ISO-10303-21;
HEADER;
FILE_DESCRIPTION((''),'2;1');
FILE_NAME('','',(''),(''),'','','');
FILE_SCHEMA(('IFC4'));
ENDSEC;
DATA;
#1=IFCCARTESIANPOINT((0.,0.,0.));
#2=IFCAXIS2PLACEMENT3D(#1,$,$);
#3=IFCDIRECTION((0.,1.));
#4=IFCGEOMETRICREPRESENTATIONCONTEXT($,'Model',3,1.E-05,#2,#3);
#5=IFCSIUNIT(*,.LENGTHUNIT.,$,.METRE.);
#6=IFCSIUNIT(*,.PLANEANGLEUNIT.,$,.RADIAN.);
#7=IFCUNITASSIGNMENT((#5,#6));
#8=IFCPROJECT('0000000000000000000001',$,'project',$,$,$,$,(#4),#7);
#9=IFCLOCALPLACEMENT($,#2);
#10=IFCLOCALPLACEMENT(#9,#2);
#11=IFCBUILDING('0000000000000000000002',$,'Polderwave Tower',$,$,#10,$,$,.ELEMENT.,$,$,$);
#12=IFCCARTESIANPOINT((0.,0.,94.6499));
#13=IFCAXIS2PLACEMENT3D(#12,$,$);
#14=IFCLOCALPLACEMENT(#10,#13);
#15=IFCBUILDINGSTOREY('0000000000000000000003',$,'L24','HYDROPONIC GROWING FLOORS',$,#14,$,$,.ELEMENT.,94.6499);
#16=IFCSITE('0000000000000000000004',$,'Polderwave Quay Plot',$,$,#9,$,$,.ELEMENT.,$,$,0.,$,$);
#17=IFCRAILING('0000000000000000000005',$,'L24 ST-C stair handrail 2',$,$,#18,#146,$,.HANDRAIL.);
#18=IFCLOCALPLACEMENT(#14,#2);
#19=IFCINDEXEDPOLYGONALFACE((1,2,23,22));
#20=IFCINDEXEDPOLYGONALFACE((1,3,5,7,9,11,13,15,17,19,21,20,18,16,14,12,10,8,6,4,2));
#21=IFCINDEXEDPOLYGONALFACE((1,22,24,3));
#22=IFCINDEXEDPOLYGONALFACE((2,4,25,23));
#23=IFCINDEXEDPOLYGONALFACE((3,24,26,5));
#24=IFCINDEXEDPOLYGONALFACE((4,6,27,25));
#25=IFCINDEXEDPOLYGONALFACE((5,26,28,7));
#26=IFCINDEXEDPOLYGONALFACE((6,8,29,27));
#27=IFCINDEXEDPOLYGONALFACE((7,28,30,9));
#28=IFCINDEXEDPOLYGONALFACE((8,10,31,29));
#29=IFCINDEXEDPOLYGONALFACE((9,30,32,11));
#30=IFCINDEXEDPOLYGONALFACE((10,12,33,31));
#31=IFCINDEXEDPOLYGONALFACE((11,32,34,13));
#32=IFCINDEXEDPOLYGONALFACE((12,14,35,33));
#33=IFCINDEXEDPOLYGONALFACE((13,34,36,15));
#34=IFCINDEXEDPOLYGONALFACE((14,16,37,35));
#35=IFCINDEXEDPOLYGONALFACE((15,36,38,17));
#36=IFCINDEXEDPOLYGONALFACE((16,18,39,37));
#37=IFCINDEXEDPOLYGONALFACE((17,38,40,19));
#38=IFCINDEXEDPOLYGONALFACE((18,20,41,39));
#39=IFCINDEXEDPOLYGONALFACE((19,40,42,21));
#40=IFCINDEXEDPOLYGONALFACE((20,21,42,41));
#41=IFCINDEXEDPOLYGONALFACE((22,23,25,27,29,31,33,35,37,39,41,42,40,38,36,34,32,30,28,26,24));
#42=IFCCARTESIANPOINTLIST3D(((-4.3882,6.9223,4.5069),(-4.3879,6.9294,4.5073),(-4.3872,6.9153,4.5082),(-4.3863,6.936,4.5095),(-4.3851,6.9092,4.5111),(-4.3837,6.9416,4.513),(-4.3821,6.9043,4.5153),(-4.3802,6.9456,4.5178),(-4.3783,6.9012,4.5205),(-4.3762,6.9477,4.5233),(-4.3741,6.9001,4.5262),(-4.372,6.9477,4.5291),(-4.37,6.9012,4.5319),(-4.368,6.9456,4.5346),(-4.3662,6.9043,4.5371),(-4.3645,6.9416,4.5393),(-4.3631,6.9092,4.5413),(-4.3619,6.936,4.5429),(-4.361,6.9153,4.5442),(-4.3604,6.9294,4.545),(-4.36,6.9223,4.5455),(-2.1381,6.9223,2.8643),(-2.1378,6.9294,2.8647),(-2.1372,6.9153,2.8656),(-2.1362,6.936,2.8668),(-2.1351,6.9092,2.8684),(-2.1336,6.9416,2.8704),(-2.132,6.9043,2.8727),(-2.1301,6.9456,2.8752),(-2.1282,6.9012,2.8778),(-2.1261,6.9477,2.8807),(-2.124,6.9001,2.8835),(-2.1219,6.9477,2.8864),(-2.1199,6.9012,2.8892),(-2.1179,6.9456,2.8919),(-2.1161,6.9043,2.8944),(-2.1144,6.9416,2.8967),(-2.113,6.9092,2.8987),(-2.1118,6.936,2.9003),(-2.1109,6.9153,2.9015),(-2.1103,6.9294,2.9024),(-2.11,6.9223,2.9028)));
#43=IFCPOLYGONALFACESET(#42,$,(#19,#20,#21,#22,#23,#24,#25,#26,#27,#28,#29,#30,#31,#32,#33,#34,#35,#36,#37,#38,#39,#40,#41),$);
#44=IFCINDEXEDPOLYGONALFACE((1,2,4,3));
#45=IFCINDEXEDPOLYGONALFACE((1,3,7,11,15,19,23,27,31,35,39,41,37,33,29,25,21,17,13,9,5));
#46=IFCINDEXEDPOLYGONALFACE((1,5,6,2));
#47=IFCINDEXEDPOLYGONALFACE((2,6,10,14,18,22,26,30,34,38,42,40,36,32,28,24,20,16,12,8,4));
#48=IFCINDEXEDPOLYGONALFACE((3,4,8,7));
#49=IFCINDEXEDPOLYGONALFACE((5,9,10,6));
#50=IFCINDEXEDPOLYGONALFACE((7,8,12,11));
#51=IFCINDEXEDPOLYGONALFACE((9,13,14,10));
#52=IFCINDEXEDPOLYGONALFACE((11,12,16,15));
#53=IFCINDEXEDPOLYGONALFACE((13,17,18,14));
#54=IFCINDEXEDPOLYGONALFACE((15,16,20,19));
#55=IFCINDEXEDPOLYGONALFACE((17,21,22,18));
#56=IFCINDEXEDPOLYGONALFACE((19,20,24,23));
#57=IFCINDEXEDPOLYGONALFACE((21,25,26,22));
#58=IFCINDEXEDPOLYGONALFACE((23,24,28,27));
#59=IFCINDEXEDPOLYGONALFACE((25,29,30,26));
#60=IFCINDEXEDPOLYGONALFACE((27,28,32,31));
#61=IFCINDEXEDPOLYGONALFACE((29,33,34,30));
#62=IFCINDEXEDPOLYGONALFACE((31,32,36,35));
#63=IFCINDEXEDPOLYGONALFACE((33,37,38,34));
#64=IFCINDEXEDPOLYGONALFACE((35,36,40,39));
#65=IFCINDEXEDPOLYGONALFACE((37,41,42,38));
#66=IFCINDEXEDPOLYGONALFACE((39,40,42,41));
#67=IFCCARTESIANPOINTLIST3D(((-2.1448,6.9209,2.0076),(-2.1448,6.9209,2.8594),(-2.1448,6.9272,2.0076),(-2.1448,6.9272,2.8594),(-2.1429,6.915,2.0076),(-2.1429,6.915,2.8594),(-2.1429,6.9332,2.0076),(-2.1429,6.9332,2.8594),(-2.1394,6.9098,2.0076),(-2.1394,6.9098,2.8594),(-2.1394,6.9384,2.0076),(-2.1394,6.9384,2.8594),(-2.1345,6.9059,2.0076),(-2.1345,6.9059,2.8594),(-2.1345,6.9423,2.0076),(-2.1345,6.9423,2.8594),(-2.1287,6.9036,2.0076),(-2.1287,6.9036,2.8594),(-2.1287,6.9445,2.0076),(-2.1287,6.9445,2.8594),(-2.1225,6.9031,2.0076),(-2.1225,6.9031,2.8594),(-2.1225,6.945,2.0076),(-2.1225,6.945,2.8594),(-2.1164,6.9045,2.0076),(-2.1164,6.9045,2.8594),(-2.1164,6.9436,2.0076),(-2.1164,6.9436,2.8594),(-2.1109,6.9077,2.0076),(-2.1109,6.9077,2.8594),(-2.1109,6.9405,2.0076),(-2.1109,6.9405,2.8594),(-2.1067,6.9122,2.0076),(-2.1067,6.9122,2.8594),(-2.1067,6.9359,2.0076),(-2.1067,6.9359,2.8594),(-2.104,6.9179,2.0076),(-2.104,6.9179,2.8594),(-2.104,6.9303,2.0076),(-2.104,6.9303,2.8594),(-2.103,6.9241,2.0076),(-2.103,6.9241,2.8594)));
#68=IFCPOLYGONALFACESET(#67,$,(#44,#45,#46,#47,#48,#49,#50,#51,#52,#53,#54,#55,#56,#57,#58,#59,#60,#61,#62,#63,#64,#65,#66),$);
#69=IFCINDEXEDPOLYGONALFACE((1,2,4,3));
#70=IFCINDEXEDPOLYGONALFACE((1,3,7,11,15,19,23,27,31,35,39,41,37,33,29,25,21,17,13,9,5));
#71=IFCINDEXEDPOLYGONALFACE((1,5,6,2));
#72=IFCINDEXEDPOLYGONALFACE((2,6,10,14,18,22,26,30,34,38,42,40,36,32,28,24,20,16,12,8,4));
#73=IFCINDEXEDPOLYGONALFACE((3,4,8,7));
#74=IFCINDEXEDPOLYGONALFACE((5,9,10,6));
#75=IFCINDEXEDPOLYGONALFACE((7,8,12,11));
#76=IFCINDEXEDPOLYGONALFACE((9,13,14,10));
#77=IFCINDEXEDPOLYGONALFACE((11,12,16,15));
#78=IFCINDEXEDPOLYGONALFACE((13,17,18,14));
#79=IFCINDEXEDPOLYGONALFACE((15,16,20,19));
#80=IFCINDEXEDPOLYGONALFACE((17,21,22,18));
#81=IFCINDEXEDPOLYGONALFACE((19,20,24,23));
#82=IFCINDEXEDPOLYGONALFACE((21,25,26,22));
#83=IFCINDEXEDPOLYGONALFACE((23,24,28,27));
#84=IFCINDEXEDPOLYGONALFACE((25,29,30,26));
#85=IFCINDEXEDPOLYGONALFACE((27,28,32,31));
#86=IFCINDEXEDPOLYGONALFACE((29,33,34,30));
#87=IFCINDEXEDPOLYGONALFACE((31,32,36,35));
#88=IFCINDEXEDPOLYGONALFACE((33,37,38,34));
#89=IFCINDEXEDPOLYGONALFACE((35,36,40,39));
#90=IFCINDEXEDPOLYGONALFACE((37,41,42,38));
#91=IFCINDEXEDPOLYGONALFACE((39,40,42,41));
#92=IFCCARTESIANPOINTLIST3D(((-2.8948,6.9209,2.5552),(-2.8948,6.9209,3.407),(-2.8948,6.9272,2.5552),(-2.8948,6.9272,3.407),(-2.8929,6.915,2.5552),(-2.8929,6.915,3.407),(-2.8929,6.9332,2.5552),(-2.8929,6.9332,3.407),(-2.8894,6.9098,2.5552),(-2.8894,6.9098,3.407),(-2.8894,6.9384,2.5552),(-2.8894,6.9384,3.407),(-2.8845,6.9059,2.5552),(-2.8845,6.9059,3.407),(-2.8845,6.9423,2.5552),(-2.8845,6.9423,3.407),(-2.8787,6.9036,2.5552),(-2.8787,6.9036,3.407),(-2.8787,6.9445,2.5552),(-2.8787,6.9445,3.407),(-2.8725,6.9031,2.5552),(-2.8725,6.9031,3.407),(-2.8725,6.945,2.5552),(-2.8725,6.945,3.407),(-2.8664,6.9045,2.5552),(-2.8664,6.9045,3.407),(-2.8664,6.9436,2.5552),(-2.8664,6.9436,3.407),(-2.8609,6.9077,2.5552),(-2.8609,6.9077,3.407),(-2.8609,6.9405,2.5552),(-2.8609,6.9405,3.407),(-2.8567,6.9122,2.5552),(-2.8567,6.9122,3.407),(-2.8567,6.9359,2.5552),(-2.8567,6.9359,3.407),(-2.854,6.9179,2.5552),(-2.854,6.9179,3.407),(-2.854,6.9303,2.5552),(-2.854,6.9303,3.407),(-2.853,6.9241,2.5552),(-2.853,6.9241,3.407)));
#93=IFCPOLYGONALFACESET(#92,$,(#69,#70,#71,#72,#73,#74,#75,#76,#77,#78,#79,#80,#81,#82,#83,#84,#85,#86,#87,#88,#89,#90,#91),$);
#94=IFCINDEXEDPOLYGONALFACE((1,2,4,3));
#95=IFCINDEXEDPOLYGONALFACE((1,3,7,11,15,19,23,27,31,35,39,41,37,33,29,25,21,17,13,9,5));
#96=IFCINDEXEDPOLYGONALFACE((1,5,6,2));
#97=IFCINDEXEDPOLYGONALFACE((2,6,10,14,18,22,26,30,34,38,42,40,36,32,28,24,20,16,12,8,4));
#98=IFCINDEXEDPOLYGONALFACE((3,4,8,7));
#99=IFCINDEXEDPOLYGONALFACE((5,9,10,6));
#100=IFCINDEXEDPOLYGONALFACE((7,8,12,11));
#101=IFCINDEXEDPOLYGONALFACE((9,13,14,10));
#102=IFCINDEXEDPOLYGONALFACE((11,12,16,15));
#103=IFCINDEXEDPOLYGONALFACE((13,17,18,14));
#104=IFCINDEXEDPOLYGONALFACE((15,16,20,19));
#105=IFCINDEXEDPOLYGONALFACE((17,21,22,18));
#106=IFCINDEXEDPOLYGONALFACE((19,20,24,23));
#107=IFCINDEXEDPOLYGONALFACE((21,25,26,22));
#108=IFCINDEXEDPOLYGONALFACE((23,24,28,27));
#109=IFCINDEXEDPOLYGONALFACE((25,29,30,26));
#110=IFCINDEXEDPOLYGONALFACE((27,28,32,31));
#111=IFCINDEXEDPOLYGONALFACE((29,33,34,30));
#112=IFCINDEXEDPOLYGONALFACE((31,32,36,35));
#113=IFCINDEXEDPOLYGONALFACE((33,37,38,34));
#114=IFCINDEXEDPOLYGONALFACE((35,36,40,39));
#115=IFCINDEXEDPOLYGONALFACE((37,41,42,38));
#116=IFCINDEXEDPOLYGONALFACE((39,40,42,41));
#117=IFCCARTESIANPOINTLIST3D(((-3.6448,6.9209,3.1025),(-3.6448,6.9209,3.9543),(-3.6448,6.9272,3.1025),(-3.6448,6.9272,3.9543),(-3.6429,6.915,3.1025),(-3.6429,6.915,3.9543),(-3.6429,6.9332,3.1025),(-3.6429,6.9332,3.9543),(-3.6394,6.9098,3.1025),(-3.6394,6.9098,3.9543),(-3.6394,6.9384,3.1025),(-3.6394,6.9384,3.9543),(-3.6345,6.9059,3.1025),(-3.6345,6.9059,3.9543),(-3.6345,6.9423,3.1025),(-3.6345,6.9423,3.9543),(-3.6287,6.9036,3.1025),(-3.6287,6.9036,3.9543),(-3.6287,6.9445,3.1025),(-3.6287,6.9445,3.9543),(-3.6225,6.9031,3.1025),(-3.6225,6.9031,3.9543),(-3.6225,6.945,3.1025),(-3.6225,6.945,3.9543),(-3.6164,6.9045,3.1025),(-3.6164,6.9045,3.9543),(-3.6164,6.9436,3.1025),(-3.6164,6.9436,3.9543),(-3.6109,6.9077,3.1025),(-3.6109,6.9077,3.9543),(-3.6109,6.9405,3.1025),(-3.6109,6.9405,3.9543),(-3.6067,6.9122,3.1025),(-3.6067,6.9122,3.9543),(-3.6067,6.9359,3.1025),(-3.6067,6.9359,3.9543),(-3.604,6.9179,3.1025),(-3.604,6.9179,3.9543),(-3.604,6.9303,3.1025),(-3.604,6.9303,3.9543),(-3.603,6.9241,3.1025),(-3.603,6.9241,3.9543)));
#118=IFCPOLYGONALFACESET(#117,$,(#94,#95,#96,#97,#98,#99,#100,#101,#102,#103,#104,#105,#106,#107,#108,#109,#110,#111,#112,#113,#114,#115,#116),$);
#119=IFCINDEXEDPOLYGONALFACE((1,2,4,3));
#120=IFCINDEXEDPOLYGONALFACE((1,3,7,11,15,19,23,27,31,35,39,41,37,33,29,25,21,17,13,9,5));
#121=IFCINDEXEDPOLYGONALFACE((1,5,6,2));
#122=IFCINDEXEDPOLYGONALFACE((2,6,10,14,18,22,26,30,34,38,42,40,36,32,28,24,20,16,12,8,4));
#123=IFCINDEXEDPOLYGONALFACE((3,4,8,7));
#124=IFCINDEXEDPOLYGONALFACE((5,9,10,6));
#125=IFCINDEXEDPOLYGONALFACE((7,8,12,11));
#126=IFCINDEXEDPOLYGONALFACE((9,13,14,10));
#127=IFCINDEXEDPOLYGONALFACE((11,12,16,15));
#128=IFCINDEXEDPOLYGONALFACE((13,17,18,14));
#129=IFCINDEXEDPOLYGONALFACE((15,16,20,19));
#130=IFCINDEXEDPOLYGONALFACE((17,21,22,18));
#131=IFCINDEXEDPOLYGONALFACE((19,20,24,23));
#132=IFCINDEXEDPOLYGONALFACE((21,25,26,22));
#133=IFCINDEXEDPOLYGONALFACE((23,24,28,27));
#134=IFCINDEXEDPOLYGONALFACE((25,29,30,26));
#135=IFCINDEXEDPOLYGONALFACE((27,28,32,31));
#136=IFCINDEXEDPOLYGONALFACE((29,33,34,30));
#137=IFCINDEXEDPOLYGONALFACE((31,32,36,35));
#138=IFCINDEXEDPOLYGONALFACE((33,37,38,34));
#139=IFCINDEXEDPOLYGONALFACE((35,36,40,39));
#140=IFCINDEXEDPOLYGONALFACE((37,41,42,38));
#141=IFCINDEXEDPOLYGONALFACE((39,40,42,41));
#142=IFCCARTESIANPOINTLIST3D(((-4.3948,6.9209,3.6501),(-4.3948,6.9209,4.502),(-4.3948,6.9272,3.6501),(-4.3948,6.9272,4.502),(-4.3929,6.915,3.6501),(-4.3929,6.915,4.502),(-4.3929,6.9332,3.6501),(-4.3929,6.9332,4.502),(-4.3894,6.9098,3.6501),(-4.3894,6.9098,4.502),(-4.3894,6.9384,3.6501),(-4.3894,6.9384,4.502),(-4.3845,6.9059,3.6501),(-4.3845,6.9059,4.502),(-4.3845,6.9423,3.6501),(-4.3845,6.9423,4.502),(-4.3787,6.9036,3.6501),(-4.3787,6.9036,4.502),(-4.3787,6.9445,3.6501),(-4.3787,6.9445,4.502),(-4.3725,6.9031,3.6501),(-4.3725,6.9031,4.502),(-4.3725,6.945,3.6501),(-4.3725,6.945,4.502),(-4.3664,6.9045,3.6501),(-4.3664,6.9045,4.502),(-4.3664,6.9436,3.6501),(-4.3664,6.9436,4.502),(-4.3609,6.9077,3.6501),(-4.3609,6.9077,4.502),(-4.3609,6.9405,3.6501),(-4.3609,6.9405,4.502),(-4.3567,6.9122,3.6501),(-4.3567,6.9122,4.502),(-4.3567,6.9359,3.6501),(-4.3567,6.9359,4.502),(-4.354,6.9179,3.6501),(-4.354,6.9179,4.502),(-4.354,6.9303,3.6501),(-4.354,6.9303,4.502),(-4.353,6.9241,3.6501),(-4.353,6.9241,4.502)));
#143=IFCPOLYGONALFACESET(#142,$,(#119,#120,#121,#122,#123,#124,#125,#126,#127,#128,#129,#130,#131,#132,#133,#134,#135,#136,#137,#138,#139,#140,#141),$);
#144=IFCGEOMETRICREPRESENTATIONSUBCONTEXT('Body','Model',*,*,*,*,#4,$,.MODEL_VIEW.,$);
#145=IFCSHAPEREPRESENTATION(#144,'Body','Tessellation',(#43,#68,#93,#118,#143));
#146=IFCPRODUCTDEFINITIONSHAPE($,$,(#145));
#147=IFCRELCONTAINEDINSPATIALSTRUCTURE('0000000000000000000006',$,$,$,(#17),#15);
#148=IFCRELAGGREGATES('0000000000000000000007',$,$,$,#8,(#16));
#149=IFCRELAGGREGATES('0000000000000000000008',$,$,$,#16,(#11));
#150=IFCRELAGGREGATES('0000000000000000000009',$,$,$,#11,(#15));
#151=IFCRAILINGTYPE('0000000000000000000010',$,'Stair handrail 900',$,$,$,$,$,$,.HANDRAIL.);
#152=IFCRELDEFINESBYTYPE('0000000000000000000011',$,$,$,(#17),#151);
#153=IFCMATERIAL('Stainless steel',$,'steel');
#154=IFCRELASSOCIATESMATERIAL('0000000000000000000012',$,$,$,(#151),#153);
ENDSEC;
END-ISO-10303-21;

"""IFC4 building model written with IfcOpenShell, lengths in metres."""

from ifc_helpers import new_model, si_unit, direction, frame, origin, origin_2d, place, context, subcontext, project, spatial, circle, extrude, material, type_object, element, save


model = new_model("IFC4")

# Units and contexts
model_context = context("Model", 3, precision=1e-05, world=origin(), true_north=direction((0.0, 1.0)))
body_context = subcontext(model_context, "Body", "Model", "MODEL_VIEW")
ifc_project = project(units=[si_unit("LENGTHUNIT", "METRE"), si_unit("PLANEANGLEUNIT", "RADIAN")], contexts=[model_context])

# Site, building, storey
site_placement = place(None, origin())
site = spatial("IfcSite", under=ifc_project, at=site_placement, Name="Polderwave Quay Plot", CompositionType="ELEMENT", RefElevation=0.0)
building_placement = place(site_placement, origin())
building = spatial("IfcBuilding", under=site, at=building_placement, Name="Polderwave Tower", CompositionType="ELEMENT")
storey_placement = place(building_placement, frame((0.0, 0.0, 94.6499)))
storey = spatial("IfcBuildingStorey", under=building, at=storey_placement, Name="L24", Description="HYDROPONIC GROWING FLOORS", CompositionType="ELEMENT", Elevation=94.6499)

# Railing
ifc_material_1 = material(Name="Stainless steel", Category="steel")
railing_type = type_object("IfcRailingType", Name="Stair handrail 900", PredefinedType="HANDRAIL", material=ifc_material_1)
railing_placement = place(storey_placement, frame((-2.124, 6.9241, 2.0076)))
element("IfcRailing", 1, at=railing_placement, inside=storey, type_object=railing_type, Name="L24 ST-C stair handrail 2", PredefinedType="HANDRAIL", context=body_context, shape_type="SweptSolid", body=[
    extrude(circle(Radius=0.0239, at=origin_2d()), frame((0.0, 0.0, 0.876), z_axis=(-0.807674, 0.0, 0.58963), x_axis=(0.0, -1.0, 0.0)), (0.0, 0.0, 1.0), 2.7859),
    extrude(circle(Radius=0.021, at=origin_2d()), origin(), (0.0, 0.0, 1.0), 0.8518),
    extrude(circle(Radius=0.021, at=origin_2d()), frame((-0.75, 0.0, 0.5476)), (0.0, 0.0, 1.0), 0.8518),
    extrude(circle(Radius=0.021, at=origin_2d()), frame((-1.5, 0.0, 1.095)), (0.0, 0.0, 1.0), 0.8518),
    extrude(circle(Radius=0.021, at=origin_2d()), frame((-2.25, 0.0, 1.6426)), (0.0, 0.0, 1.0), 0.8518),
])

save(model, "model.ifc")
